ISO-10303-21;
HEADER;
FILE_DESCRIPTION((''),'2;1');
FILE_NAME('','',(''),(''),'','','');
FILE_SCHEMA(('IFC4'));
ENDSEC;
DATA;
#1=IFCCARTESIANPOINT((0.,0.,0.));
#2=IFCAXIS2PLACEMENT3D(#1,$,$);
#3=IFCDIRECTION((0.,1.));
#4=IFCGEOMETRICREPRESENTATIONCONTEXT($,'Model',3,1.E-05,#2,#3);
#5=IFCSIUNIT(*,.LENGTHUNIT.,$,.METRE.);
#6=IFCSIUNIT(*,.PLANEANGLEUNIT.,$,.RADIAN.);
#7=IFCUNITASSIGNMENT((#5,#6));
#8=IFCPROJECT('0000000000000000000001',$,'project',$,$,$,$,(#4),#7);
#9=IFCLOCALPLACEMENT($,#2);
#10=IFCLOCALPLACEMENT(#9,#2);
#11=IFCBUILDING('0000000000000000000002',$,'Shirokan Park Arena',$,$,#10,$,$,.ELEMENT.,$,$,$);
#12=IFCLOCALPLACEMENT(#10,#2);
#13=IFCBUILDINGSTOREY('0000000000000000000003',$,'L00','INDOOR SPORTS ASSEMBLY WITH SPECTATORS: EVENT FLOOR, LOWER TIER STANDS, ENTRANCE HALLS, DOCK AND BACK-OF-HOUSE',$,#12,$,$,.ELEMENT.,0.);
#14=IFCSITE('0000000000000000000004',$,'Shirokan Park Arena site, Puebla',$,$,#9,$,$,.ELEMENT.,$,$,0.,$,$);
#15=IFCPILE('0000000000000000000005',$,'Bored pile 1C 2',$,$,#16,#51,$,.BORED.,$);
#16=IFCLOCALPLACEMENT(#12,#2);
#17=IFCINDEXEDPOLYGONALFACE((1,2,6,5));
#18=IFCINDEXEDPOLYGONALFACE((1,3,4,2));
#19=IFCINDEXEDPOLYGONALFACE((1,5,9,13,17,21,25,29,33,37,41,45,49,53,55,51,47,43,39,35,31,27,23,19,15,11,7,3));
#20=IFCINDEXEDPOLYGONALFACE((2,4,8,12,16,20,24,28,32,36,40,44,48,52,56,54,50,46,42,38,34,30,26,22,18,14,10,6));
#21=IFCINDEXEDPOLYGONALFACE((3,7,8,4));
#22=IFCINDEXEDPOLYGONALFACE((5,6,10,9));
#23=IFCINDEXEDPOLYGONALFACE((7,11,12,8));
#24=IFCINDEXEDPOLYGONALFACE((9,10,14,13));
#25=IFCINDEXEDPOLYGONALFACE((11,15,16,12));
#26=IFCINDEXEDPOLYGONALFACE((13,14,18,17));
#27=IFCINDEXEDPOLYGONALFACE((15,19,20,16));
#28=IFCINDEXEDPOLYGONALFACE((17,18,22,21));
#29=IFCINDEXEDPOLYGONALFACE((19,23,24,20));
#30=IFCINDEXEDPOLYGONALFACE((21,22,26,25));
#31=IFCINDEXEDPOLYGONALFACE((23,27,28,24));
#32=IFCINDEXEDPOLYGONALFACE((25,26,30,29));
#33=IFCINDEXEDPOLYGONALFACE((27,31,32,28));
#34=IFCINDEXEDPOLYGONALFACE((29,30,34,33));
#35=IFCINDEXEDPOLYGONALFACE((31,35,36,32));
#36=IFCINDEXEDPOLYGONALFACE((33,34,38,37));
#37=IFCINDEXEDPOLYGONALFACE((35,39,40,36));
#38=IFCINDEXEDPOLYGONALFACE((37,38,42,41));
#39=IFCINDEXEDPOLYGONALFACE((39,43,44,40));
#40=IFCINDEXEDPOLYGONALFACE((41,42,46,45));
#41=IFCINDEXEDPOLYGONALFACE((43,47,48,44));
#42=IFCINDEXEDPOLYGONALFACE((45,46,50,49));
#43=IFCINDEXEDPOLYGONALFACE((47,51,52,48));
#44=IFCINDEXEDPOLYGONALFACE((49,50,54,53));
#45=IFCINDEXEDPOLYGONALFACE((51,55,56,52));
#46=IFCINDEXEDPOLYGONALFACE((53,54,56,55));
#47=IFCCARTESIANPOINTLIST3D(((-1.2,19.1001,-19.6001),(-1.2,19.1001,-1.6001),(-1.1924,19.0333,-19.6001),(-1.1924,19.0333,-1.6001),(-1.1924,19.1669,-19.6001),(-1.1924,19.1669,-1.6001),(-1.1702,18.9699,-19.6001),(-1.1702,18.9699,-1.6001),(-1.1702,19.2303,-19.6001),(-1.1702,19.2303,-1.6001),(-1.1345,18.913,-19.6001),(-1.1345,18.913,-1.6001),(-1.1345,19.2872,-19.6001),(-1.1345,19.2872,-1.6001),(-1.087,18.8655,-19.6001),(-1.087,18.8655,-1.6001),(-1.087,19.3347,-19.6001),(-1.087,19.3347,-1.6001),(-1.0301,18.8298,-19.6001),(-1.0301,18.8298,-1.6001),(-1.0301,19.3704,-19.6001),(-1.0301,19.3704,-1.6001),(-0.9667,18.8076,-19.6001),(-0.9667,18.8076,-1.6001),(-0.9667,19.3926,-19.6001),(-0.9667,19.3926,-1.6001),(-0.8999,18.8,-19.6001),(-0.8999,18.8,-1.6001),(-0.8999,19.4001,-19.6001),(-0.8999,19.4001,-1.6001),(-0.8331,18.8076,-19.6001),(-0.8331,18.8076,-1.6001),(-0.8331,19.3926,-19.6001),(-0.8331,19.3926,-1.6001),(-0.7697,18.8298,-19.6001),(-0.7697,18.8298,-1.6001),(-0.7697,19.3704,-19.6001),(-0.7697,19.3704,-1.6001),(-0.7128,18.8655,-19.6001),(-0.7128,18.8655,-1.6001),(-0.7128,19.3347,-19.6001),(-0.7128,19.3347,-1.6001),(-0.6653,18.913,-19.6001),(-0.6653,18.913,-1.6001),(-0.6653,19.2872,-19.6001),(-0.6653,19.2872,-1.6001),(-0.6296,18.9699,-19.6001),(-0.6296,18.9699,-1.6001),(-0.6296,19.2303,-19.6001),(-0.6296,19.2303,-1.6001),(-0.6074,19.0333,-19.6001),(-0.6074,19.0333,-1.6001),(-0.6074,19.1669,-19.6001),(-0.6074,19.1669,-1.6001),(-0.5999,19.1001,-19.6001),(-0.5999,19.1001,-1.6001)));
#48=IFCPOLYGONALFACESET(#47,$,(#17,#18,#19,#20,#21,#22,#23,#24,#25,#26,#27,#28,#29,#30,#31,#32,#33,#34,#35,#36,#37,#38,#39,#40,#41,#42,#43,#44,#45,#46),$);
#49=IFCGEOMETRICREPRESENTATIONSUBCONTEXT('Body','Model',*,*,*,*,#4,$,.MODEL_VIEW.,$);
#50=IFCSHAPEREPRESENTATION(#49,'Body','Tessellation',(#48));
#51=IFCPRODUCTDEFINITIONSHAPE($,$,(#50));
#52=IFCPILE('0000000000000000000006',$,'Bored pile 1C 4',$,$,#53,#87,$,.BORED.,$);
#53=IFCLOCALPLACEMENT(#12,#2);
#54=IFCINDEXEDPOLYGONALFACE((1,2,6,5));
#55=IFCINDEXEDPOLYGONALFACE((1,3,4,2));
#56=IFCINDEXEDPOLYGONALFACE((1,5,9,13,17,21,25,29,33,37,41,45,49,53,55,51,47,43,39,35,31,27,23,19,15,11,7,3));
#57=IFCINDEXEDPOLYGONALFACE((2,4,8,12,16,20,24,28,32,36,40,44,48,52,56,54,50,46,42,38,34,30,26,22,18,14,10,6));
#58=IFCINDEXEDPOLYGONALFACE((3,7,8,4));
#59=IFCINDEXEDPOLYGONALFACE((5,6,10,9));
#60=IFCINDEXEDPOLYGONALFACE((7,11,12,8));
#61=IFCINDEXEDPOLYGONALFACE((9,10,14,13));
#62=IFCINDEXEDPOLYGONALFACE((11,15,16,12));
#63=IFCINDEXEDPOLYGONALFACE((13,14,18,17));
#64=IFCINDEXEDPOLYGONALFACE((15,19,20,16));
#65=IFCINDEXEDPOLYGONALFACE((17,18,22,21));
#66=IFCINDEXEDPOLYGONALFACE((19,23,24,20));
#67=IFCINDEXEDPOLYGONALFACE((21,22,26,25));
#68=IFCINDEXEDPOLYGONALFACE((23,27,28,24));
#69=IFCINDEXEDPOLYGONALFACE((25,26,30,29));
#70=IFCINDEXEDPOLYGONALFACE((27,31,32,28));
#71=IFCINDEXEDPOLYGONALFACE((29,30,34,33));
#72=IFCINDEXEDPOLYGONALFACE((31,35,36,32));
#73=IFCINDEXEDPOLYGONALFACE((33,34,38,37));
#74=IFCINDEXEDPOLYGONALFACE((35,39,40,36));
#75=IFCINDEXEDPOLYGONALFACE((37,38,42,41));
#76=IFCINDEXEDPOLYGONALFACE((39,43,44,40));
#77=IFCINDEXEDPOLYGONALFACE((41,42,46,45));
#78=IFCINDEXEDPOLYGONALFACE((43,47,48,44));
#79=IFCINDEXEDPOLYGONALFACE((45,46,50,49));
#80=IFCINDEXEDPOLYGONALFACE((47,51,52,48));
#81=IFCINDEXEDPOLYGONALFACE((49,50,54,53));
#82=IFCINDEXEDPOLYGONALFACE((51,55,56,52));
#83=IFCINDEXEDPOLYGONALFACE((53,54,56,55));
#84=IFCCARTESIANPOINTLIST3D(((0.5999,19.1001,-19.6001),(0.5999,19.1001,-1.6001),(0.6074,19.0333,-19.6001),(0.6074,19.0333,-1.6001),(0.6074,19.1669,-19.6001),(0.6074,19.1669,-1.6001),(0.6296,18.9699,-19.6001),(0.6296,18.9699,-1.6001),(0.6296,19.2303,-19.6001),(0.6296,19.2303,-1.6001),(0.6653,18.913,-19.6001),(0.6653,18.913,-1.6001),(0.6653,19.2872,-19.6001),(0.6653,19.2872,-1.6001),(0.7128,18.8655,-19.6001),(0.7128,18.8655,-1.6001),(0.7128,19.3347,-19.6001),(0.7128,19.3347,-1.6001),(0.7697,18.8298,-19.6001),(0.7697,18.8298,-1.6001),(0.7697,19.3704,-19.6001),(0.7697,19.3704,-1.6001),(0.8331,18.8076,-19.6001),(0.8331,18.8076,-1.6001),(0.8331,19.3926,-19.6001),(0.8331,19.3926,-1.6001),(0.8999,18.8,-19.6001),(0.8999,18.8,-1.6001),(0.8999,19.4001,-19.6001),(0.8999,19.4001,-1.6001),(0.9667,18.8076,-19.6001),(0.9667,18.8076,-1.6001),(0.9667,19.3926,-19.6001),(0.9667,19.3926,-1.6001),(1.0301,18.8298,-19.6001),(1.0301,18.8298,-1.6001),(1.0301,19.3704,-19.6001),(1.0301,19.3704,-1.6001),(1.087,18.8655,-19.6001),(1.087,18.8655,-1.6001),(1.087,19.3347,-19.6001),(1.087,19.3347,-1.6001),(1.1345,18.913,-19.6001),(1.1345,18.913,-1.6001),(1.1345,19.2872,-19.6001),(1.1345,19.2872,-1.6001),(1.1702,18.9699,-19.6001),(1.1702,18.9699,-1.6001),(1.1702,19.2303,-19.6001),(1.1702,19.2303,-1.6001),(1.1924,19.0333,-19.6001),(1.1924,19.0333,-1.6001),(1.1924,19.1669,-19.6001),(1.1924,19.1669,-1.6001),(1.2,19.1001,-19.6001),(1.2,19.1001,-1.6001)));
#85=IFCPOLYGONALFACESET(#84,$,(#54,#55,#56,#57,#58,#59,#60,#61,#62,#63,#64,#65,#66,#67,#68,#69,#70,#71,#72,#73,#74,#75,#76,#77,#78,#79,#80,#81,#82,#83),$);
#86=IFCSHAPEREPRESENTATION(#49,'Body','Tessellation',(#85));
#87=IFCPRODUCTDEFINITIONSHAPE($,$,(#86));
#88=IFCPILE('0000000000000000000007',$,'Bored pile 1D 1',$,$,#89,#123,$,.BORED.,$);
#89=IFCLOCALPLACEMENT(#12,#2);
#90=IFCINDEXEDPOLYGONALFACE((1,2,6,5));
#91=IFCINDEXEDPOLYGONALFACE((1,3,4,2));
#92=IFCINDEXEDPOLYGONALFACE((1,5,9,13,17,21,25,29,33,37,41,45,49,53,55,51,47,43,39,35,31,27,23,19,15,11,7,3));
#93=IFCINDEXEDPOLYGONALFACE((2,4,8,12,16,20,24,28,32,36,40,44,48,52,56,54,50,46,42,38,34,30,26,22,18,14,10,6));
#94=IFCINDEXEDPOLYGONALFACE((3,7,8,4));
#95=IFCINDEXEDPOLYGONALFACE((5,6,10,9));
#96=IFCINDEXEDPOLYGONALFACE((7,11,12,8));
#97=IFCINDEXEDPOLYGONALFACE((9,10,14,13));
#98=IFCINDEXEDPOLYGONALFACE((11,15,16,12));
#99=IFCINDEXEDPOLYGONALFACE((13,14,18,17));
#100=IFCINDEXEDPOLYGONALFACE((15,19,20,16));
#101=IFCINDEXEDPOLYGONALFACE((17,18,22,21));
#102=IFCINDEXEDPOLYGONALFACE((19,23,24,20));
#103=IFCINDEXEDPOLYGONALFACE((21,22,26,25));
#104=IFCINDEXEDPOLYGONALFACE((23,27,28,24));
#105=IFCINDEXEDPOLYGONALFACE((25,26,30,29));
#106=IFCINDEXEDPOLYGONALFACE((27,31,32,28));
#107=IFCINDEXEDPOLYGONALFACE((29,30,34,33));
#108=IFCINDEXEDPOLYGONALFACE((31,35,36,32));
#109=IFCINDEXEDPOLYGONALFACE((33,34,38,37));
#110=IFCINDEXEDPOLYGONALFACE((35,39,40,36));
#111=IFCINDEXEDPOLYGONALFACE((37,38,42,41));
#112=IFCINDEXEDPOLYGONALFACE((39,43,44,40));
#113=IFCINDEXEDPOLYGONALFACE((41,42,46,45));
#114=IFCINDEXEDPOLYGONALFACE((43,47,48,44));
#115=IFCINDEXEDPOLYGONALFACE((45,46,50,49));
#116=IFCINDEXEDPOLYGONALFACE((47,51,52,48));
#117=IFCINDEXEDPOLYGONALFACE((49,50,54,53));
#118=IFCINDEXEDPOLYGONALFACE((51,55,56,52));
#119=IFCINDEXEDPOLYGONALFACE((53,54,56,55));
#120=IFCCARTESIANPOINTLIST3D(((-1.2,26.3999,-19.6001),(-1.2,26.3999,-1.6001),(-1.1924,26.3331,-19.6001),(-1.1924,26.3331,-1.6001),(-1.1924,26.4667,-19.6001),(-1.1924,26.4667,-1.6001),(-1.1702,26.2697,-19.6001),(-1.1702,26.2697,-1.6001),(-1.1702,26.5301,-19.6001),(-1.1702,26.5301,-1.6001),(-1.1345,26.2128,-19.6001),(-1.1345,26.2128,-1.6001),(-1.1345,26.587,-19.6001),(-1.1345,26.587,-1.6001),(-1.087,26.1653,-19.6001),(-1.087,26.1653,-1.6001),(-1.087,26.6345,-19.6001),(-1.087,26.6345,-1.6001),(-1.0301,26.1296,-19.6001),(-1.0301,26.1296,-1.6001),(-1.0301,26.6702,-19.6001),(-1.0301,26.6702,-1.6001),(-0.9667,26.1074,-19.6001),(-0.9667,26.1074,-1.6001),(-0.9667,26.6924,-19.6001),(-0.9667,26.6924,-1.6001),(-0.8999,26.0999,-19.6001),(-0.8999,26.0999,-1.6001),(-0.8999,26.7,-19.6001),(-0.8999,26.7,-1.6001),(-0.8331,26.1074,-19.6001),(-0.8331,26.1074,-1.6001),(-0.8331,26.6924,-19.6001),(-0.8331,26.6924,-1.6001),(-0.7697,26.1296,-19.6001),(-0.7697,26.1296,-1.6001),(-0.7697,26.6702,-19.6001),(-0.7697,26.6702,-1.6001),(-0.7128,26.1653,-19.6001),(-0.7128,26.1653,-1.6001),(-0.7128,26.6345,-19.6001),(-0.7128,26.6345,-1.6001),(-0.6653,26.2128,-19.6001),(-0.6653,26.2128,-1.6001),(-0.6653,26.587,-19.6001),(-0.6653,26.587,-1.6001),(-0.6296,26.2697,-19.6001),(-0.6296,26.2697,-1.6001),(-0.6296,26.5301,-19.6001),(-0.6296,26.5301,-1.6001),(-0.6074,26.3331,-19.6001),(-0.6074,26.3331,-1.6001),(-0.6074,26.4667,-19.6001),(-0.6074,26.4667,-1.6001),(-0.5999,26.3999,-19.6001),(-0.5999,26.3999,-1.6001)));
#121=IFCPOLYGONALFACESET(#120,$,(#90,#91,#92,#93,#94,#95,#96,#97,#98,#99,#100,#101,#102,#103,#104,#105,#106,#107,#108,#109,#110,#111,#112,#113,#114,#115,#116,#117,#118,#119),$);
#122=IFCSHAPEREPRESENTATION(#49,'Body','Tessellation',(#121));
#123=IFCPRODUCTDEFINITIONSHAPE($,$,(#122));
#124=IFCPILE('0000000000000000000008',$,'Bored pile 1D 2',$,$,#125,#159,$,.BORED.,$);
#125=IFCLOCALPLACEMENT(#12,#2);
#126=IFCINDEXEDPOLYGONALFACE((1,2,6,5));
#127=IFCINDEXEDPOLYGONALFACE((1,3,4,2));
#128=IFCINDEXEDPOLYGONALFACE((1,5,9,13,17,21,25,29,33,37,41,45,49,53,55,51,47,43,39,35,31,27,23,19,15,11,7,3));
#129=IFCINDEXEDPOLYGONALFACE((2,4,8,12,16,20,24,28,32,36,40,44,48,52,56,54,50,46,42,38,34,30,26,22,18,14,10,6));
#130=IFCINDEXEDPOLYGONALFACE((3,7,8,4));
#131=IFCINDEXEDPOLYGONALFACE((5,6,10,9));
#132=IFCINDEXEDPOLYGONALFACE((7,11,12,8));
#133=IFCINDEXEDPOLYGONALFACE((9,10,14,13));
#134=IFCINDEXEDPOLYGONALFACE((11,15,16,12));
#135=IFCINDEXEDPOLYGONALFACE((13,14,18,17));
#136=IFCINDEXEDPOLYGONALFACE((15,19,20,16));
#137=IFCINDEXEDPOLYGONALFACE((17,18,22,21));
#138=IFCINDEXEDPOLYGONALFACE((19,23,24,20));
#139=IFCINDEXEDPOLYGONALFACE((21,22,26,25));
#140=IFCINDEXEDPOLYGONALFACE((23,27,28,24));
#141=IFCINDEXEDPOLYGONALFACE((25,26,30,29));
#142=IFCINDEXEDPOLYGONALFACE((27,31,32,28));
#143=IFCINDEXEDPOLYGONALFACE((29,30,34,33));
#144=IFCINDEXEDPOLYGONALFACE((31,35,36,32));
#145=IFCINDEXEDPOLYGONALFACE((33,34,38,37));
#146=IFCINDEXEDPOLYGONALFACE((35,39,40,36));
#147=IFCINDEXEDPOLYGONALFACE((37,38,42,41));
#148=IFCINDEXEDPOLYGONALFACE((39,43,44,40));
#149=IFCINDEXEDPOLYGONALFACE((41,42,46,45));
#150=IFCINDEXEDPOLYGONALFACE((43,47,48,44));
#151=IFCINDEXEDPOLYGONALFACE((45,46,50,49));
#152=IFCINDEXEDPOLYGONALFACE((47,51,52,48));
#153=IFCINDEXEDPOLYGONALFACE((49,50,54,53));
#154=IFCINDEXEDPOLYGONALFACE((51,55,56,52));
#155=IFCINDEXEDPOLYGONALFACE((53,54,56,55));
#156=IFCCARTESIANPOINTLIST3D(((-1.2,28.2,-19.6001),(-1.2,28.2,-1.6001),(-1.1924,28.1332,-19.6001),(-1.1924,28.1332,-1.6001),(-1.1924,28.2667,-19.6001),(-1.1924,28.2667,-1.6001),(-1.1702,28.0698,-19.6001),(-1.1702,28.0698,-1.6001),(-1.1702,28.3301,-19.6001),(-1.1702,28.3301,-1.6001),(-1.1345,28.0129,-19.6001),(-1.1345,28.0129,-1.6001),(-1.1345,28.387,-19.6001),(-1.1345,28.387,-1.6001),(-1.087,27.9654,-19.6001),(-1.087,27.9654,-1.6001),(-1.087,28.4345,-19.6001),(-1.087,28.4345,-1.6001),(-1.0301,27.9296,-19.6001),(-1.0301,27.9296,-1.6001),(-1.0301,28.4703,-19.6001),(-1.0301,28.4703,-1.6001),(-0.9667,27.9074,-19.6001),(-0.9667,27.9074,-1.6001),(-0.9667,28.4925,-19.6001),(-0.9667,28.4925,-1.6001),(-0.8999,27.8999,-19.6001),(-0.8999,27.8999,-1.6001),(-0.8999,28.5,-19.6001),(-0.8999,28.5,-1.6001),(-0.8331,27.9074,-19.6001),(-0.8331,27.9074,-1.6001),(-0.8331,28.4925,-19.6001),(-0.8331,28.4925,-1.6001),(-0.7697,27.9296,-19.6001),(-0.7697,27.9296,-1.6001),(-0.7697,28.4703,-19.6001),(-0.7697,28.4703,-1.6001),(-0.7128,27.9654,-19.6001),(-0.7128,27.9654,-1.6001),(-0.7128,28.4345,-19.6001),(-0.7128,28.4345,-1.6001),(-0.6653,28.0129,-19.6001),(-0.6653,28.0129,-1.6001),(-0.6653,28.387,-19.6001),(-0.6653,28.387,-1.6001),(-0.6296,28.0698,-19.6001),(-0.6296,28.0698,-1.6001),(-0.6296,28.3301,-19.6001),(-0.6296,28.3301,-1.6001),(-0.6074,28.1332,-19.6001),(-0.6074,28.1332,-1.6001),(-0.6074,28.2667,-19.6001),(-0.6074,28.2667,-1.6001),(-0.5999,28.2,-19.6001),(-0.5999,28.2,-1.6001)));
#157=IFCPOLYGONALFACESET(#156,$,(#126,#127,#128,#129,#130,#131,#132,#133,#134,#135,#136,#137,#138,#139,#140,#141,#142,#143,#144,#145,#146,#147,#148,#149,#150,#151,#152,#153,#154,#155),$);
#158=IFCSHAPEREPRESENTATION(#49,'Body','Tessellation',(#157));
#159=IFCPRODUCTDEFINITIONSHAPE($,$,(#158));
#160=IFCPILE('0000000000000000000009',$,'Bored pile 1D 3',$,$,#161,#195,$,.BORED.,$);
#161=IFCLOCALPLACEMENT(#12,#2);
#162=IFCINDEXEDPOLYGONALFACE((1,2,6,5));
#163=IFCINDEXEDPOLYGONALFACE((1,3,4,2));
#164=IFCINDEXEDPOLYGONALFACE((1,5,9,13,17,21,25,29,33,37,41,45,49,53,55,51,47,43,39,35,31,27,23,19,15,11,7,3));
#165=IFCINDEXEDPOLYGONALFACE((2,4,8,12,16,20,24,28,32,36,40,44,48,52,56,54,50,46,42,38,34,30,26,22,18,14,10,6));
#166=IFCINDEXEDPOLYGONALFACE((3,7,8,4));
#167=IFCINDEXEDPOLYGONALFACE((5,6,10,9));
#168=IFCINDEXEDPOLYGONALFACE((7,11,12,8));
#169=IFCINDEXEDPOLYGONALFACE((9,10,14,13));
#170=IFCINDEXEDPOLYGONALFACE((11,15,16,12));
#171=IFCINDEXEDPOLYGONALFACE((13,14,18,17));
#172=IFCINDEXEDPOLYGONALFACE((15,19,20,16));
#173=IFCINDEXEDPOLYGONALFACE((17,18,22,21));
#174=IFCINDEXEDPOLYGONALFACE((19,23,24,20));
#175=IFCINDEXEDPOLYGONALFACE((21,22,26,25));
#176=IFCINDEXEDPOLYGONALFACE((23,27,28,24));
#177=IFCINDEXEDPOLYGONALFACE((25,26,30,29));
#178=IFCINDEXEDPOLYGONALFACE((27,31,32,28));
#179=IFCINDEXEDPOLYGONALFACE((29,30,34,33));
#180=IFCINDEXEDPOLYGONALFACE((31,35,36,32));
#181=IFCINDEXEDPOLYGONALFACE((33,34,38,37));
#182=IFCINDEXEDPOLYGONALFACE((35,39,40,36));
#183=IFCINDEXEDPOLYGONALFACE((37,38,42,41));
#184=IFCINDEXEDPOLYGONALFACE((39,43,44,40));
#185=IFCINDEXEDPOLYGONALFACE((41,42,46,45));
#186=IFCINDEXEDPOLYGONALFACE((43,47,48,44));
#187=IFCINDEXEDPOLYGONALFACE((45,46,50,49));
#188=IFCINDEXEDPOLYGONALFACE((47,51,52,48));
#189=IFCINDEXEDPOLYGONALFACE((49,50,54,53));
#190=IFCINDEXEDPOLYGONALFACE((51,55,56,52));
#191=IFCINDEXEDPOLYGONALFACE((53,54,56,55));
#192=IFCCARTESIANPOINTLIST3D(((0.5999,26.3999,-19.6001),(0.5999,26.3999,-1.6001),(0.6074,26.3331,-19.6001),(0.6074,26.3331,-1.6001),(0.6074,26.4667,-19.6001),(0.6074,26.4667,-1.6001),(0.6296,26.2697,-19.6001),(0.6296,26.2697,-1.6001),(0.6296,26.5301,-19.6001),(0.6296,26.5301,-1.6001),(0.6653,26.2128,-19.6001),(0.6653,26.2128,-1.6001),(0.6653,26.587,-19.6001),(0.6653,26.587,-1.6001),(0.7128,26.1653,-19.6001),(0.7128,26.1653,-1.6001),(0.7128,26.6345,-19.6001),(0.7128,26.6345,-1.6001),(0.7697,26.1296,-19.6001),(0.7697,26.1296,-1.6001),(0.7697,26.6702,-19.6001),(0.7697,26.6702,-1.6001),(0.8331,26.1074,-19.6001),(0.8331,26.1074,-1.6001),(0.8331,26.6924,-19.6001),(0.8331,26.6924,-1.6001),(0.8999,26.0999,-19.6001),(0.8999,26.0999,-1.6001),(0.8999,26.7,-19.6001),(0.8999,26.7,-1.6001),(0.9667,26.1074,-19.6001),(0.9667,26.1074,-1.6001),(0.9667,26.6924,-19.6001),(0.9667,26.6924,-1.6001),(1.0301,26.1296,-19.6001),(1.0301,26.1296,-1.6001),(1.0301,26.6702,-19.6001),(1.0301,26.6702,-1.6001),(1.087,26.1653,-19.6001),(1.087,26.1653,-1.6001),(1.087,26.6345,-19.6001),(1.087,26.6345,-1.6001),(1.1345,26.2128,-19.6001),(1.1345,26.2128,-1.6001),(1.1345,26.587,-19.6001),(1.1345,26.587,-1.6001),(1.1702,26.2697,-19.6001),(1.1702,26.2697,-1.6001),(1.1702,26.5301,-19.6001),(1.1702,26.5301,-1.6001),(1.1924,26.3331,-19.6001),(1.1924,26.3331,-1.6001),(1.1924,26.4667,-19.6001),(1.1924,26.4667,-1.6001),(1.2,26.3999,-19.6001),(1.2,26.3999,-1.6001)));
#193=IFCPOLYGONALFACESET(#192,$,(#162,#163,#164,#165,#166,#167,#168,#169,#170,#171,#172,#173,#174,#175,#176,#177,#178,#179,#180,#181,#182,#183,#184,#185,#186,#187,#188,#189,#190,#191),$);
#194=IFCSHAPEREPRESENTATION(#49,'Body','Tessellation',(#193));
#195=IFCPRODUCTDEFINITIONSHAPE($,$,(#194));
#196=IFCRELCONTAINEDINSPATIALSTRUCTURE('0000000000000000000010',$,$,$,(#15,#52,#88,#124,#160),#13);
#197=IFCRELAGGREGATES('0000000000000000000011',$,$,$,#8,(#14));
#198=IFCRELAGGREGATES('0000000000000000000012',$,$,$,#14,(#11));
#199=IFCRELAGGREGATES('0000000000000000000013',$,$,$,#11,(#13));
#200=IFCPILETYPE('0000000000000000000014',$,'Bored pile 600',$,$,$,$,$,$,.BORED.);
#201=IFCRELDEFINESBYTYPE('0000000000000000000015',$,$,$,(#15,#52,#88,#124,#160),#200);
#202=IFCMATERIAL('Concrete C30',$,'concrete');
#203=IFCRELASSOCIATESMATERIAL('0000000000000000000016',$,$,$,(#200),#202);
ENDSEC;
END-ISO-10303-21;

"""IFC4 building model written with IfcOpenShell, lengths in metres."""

from ifc_helpers import new_model, si_unit, direction, frame, origin, origin_2d, place, context, subcontext, project, spatial, circle, extrude, material, material_profile, profile_set, type_object, element, save


model = new_model("IFC4")

# Units and contexts
model_context = context("Model", 3, precision=1e-05, world=origin(), true_north=direction((0.0, 1.0)))
body_context = subcontext(model_context, "Body", "Model", "MODEL_VIEW")
ifc_project = project(units=[si_unit("LENGTHUNIT", "METRE"), si_unit("PLANEANGLEUNIT", "RADIAN")], contexts=[model_context])

# Site, building, storey
site_placement = place(None, origin())
site = spatial("IfcSite", under=ifc_project, at=site_placement, Name="Shirokan Park Arena site, Puebla", CompositionType="ELEMENT", RefElevation=0.0)
building_placement = place(site_placement, origin())
building = spatial("IfcBuilding", under=site, at=building_placement, Name="Shirokan Park Arena", CompositionType="ELEMENT")
storey_placement = place(building_placement, origin())
storey = spatial("IfcBuildingStorey", under=building, at=storey_placement, Name="L00", Description="INDOOR SPORTS ASSEMBLY WITH SPECTATORS: EVENT FLOOR, LOWER TIER STANDS, ENTRANCE HALLS, DOCK AND BACK-OF-HOUSE", CompositionType="ELEMENT", Elevation=0.0)

# Piles
ifc_material_1 = material(Name="Concrete C30", Category="concrete")
ifc_material_profile_1 = material_profile(ifc_material_1, circle(Radius=0.3, at=origin_2d()), Name="D600")
ifc_profile_set_1 = profile_set([ifc_material_profile_1], Name="Concrete C30")
pile_type_1 = type_object("IfcPileType", Name="Bored pile 600", PredefinedType="BORED", material=ifc_profile_set_1)
for number, where, z_axis, x_axis, name in (
    (1, (-0.8999, 19.1001, -1.6001), (0.0, 0.0, -1.0), (1.0, 0.0, 0.0), "Bored pile 1C 2"),
    (2, (0.8999, 19.1001, -1.6001), (0.0, 0.0, -1.0), (1.0, 0.0, 0.0), "Bored pile 1C 4"),
    (3, (-0.8999, 26.3999, -1.6001), (0.0, 0.0, -1.0), (1.0, 0.0, 0.0), "Bored pile 1D 1"),
    (4, (-0.8999, 28.2, -1.6001), (0.0, 0.0, -1.0), (1.0, 0.0, 0.0), "Bored pile 1D 2"),
    (5, (0.8999, 26.3999, -1.6001), (0.0, 0.0, -1.0), (1.0, 0.0, 0.0), "Bored pile 1D 3"),
):
    element("IfcPile", number, at=place(storey_placement, frame(where, z_axis=z_axis, x_axis=x_axis)), inside=storey, type_object=pile_type_1, Name=name, PredefinedType="BORED", context=body_context, shape_type="SweptSolid", body=[
        extrude(circle(Radius=0.3, at=origin_2d()), origin(), (0.0, 0.0, 1.0), 18.0),
    ])

save(model, "model.ifc")
